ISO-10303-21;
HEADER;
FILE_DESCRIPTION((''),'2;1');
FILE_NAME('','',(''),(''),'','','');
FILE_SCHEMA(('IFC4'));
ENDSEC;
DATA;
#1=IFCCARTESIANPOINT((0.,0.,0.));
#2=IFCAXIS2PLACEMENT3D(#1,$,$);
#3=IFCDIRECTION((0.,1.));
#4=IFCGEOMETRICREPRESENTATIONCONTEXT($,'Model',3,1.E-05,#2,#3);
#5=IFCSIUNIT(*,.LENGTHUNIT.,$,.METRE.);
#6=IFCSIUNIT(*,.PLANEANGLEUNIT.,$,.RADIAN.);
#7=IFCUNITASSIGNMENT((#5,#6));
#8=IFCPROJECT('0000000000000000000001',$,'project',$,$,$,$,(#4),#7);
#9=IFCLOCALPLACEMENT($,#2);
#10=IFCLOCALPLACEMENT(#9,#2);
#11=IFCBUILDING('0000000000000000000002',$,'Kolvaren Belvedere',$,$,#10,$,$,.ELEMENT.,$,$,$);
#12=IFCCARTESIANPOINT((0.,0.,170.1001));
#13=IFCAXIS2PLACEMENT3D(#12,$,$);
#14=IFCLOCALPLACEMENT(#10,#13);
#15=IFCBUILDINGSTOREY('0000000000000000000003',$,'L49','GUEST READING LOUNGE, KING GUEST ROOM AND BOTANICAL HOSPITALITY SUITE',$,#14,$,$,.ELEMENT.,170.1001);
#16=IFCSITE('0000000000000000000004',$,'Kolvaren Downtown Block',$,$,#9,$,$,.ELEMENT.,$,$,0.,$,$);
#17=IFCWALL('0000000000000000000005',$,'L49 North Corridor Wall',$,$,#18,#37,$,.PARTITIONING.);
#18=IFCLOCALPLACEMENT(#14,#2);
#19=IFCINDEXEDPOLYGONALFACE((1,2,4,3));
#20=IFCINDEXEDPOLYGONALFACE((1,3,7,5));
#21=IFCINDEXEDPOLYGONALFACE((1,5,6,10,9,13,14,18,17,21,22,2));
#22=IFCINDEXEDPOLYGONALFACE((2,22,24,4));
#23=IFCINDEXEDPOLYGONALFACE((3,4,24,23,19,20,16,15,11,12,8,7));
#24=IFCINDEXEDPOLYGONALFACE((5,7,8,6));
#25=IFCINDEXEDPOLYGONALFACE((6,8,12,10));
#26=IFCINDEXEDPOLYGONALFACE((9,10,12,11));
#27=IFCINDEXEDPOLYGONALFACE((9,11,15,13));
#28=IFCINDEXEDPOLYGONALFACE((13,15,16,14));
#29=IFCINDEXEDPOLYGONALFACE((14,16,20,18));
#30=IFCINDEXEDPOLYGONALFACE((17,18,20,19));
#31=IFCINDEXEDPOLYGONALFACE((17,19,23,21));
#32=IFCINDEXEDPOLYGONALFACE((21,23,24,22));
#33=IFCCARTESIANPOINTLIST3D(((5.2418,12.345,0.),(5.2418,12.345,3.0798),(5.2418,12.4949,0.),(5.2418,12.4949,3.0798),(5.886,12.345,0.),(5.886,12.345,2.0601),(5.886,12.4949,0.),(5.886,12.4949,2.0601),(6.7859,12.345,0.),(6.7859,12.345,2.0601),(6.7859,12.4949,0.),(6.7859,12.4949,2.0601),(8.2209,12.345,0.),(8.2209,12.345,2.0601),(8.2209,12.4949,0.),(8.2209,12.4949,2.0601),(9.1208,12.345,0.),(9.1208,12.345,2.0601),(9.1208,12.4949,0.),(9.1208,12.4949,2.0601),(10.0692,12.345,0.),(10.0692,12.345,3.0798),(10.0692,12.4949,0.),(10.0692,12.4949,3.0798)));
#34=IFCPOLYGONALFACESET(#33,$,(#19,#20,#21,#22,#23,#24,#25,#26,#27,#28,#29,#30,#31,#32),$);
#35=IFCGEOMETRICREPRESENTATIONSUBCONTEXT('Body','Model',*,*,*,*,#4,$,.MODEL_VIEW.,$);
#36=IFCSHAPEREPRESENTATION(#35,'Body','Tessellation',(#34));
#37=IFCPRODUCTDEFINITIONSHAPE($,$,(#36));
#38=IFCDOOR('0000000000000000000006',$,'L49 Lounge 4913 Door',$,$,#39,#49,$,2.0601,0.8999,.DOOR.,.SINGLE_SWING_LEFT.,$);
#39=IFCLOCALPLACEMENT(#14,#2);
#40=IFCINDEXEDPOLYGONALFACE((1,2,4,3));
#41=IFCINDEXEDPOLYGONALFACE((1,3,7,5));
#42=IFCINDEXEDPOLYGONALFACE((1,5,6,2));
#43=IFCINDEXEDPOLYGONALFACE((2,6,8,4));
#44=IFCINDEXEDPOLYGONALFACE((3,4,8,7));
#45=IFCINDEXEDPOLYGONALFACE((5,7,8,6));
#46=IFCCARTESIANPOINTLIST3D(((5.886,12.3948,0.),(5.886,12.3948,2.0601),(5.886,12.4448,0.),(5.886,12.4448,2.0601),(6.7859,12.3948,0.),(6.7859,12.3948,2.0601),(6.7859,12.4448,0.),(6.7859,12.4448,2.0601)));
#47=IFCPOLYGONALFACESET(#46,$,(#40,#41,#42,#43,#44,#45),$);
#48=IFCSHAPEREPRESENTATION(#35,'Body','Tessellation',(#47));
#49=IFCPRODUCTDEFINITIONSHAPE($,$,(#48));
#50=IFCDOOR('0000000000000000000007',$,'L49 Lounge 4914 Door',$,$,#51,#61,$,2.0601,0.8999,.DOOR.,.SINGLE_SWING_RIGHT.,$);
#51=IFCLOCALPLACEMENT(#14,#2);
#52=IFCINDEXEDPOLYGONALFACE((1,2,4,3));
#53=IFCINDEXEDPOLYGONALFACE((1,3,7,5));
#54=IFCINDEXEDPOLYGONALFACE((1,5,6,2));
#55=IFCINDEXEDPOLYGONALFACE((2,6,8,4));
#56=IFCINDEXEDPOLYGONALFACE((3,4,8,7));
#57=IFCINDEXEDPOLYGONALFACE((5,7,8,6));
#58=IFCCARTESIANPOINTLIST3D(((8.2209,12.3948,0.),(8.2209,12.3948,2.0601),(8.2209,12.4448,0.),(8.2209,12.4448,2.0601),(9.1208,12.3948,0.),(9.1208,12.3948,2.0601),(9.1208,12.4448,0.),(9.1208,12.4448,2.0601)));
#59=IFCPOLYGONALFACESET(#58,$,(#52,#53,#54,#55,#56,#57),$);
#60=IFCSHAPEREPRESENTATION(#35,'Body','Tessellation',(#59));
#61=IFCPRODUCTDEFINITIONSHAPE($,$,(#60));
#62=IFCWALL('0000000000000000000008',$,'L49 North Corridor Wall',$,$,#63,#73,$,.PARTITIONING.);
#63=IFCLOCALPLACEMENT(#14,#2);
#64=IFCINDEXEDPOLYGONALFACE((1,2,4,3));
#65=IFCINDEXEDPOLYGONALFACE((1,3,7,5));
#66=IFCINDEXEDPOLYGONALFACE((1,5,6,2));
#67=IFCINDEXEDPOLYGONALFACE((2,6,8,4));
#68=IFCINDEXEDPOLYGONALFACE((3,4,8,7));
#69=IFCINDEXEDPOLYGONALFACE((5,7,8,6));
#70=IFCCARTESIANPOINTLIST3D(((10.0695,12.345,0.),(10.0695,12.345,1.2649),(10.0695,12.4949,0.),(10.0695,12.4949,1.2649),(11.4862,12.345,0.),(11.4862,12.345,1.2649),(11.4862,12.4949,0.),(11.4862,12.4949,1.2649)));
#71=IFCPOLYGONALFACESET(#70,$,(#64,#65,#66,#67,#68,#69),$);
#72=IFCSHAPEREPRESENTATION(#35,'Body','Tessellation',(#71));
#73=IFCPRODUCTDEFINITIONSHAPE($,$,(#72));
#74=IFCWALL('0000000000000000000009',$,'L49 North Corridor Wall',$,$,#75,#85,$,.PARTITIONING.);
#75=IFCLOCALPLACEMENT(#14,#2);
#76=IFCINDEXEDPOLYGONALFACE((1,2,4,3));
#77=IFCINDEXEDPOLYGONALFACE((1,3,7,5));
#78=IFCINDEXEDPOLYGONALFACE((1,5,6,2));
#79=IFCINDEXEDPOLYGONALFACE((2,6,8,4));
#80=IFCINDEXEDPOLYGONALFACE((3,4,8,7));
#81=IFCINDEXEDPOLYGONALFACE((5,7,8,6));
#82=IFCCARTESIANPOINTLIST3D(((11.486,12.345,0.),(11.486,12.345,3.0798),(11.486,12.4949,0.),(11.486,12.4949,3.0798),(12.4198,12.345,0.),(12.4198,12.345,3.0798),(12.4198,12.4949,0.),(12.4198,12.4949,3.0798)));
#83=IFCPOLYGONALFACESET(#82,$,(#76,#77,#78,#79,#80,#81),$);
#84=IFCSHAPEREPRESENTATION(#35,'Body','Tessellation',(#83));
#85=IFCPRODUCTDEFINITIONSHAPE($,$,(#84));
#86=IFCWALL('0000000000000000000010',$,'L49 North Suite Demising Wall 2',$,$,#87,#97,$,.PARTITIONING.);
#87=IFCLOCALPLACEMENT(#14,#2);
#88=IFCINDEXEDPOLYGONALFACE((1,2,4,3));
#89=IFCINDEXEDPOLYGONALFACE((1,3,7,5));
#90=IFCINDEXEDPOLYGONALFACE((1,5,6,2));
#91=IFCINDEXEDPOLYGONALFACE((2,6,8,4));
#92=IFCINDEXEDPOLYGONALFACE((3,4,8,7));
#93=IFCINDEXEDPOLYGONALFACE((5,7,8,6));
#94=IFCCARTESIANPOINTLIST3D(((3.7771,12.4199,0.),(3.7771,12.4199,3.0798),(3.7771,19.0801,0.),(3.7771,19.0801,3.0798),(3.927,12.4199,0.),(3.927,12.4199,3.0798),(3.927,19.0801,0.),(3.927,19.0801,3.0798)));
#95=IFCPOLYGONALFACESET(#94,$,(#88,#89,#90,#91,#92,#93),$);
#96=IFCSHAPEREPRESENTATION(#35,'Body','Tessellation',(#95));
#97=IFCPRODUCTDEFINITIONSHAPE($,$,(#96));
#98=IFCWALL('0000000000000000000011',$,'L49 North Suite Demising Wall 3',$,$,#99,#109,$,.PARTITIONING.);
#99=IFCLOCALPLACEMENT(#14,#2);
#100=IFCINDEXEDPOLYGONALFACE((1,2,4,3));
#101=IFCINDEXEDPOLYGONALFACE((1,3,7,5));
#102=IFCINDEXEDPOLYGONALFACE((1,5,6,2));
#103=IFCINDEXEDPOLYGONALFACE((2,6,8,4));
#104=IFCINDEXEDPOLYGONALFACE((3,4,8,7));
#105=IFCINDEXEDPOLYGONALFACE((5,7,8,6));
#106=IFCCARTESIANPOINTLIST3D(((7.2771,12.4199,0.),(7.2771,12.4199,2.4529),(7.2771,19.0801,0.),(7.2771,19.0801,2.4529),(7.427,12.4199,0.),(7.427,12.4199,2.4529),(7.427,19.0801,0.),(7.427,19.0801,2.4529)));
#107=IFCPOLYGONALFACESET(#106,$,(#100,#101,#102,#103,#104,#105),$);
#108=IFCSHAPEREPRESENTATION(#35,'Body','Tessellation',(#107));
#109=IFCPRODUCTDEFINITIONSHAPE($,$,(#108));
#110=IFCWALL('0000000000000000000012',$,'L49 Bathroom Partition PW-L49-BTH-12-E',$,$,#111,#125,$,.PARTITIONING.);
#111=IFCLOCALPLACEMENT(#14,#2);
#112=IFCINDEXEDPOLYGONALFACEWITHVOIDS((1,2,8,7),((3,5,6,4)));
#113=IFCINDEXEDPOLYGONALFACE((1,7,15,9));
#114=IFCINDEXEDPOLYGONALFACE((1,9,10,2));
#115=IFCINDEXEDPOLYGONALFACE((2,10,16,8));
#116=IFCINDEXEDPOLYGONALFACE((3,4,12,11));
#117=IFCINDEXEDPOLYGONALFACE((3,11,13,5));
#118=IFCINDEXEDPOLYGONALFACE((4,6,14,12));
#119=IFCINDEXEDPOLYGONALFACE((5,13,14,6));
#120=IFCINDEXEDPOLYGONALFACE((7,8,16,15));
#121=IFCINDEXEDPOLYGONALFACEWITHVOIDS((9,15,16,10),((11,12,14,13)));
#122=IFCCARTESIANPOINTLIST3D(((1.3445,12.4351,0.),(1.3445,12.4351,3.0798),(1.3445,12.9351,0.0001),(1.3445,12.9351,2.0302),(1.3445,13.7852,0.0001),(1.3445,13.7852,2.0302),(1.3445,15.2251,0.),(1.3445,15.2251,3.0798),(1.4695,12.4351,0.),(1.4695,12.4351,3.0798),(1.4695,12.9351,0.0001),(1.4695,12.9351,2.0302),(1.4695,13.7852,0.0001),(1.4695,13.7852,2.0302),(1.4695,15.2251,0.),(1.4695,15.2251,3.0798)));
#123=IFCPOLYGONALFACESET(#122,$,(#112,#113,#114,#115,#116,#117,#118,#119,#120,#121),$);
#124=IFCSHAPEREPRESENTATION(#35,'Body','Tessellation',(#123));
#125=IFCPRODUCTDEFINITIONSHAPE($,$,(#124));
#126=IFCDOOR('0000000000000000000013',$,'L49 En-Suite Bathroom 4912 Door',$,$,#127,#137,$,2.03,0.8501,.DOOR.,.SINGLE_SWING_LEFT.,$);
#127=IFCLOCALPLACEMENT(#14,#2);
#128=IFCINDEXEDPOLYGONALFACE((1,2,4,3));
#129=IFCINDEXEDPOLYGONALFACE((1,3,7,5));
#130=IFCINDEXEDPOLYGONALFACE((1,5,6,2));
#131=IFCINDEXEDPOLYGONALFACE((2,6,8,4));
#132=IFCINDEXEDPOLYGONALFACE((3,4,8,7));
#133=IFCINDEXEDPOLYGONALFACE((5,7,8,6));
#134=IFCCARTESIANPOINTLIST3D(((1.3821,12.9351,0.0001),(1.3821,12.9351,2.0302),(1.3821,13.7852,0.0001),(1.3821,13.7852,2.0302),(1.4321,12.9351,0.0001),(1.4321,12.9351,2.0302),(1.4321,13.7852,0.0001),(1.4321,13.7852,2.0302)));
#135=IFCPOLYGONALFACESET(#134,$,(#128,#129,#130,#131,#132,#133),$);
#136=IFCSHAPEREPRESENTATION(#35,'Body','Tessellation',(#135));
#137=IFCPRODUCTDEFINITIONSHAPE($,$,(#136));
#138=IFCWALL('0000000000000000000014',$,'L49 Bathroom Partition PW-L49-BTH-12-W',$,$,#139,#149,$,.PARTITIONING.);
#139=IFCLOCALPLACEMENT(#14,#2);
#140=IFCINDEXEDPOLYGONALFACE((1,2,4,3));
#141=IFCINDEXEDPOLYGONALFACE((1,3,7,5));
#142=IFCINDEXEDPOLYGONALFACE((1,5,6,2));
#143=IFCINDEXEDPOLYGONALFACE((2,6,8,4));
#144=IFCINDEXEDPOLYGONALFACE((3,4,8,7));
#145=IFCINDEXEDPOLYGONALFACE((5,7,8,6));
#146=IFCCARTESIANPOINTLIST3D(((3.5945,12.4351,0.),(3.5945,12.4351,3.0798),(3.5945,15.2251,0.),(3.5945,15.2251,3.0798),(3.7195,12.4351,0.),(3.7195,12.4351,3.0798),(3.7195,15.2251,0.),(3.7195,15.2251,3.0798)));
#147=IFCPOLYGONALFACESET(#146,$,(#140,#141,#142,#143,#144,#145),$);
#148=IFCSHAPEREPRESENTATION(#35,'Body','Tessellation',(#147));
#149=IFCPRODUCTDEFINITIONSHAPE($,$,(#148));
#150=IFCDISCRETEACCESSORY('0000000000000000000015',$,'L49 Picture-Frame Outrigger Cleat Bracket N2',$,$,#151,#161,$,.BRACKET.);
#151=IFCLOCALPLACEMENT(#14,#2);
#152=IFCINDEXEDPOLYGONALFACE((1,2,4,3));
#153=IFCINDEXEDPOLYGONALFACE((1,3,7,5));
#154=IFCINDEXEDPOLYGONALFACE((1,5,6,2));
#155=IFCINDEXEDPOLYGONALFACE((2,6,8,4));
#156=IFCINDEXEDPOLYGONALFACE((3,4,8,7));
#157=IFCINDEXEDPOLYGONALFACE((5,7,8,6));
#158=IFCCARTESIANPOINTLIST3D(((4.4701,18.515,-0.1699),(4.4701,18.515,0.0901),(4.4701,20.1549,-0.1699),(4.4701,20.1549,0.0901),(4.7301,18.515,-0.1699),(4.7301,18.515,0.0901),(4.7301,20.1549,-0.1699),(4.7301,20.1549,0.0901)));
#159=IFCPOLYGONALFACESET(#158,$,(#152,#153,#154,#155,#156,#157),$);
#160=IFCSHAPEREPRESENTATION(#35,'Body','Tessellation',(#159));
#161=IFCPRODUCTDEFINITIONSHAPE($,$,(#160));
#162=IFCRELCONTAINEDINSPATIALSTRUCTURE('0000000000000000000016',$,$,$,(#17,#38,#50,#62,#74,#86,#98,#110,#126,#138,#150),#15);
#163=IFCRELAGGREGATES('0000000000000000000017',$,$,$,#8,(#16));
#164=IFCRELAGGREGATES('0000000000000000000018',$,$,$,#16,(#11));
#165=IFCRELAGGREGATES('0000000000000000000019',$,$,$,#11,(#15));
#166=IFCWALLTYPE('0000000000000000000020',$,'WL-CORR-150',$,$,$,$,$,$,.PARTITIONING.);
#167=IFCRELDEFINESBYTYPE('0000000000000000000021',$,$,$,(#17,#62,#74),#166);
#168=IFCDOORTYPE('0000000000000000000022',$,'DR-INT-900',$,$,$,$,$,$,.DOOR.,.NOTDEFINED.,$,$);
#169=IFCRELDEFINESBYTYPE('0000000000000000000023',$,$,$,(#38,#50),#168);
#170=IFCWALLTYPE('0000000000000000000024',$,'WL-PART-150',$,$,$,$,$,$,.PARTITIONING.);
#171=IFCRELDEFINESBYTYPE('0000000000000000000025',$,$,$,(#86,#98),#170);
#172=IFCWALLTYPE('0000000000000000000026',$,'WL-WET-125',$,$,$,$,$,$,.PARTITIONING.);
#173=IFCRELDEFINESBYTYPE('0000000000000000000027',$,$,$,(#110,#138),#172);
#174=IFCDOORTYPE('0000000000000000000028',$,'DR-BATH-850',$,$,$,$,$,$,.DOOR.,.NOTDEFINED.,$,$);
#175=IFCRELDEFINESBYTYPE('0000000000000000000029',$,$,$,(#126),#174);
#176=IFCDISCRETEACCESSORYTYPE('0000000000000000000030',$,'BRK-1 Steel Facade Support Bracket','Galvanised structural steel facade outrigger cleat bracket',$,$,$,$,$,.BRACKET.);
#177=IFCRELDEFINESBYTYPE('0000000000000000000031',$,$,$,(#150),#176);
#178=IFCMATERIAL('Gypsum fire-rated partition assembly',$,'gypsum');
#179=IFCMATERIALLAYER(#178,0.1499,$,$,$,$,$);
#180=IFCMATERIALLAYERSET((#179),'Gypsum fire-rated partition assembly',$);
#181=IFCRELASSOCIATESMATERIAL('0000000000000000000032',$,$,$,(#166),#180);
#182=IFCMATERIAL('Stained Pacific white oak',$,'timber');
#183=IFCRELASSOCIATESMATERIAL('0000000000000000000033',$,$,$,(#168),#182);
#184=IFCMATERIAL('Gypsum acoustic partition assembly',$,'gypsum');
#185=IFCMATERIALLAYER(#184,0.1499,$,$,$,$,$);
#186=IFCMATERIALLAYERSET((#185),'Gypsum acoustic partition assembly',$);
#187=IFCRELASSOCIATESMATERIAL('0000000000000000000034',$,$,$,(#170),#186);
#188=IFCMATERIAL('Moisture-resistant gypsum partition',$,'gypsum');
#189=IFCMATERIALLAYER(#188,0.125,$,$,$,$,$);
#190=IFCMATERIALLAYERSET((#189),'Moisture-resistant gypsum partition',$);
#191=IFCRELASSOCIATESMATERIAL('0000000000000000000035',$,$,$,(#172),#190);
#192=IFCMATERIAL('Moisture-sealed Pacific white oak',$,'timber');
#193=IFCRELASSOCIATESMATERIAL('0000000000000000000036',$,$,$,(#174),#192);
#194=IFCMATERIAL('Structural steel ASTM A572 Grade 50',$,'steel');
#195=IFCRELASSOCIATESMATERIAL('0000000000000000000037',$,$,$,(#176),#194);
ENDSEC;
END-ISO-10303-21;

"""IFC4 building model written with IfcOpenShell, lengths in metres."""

from ifc_helpers import new_model, si_unit, direction, frame, frame_2d, origin, origin_2d, place, context, subcontext, project, spatial, rectangle, extrude, material, layer, layer_set, type_object, element, fill, save


model = new_model("IFC4")

# Units and contexts
model_context = context("Model", 3, precision=1e-05, world=origin(), true_north=direction((0.0, 1.0)))
body_context = subcontext(model_context, "Body", "Model", "MODEL_VIEW")
ifc_project = project(units=[si_unit("LENGTHUNIT", "METRE"), si_unit("PLANEANGLEUNIT", "RADIAN")], contexts=[model_context])

# Site, building, storey
site_placement = place(None, origin())
site = spatial("IfcSite", under=ifc_project, at=site_placement, Name="Kolvaren Downtown Block", CompositionType="ELEMENT", RefElevation=0.0)
building_placement = place(site_placement, origin())
building = spatial("IfcBuilding", under=site, at=building_placement, Name="Kolvaren Belvedere", CompositionType="ELEMENT")
storey_placement = place(building_placement, frame((0.0, 0.0, 170.1001)))
storey = spatial("IfcBuildingStorey", under=building, at=storey_placement, Name="L49", Description="GUEST READING LOUNGE, KING GUEST ROOM AND BOTANICAL HOSPITALITY SUITE", CompositionType="ELEMENT", Elevation=170.1001)

# Shared definitions
ifc_material_1 = material(Name="Gypsum fire-rated partition assembly", Category="gypsum")
ifc_layer_1 = layer(ifc_material_1, 0.1499)
ifc_layer_set_1 = layer_set([ifc_layer_1], Name="Gypsum fire-rated partition assembly")
wall_type_1 = type_object("IfcWallType", Name="WL-CORR-150", PredefinedType="PARTITIONING", material=ifc_layer_set_1)

# Wall, openings, doors
wall_1_placement = place(storey_placement, frame((5.2419, 12.4199, 0.0), z_axis=(0.0, 0.0, 1.0), x_axis=(1.0, 0.0, 0.0)))
wall_1 = element("IfcWall", 1, at=wall_1_placement, inside=storey, type_object=wall_type_1, Name="L49 North Corridor Wall", PredefinedType="PARTITIONING", context=body_context, shape_type="SweptSolid", body=[
    extrude(rectangle(XDim=4.8274, YDim=0.1499, at=frame_2d((2.4136, 0.0))), origin(), (0.0, 0.0, 1.0), 3.0798),
])
opening_1_placement = place(wall_1_placement, frame((0.644, 0.0, 0.0)))
opening_1 = element("IfcOpeningElement", 2, at=opening_1_placement, cuts=wall_1, PredefinedType="OPENING", context=body_context, shape_type="SweptSolid", body=[
    extrude(rectangle(XDim=0.8999, YDim=2.0601, at=frame_2d((0.45, 1.03))), frame((0.0, 0.085, 0.0), z_axis=(0.0, -1.0, 0.0), x_axis=(1.0, 0.0, 0.0)), (0.0, 0.0, 1.0), 0.1699),
])
opening_2_placement = place(wall_1_placement, frame((2.979, 0.0, 0.0)))
opening_2 = element("IfcOpeningElement", 3, at=opening_2_placement, cuts=wall_1, PredefinedType="OPENING", context=body_context, shape_type="SweptSolid", body=[
    extrude(rectangle(XDim=0.8999, YDim=2.0601, at=frame_2d((0.45, 1.03))), frame((0.0, 0.085, 0.0), z_axis=(0.0, -1.0, 0.0), x_axis=(1.0, 0.0, 0.0)), (0.0, 0.0, 1.0), 0.1699),
])
ifc_material_2 = material(Name="Stained Pacific white oak", Category="timber")
door_type_1 = type_object("IfcDoorType", Name="DR-INT-900", OperationType="NOTDEFINED", PredefinedType="DOOR", material=ifc_material_2)
door_1_placement = place(opening_1_placement, origin())
door_1 = element("IfcDoor", 4, at=door_1_placement, inside=storey, type_object=door_type_1, Name="L49 Lounge 4913 Door", OperationType="SINGLE_SWING_LEFT", OverallHeight=2.0601, OverallWidth=0.8999, PredefinedType="DOOR", context=body_context, shape_type="SweptSolid", body=[
    extrude(rectangle(XDim=0.8999, YDim=2.0601, at=frame_2d((0.45, 1.03))), frame((0.0, 0.0249, 0.0), z_axis=(0.0, -1.0, 0.0), x_axis=(1.0, 0.0, 0.0)), (0.0, 0.0, 1.0), 0.05),
])
fill(opening_1, door_1)
door_2_placement = place(opening_2_placement, origin())
door_2 = element("IfcDoor", 5, at=door_2_placement, inside=storey, type_object=door_type_1, Name="L49 Lounge 4914 Door", OperationType="SINGLE_SWING_RIGHT", OverallHeight=2.0601, OverallWidth=0.8999, PredefinedType="DOOR", context=body_context, shape_type="SweptSolid", body=[
    extrude(rectangle(XDim=0.8999, YDim=2.0601, at=frame_2d((0.45, 1.03))), frame((0.0, 0.0249, 0.0), z_axis=(0.0, -1.0, 0.0), x_axis=(1.0, 0.0, 0.0)), (0.0, 0.0, 1.0), 0.05),
])
fill(opening_2, door_2)

# Walls
wall_2_placement = place(storey_placement, frame((10.0693, 12.4199, 0.0), z_axis=(0.0, 0.0, 1.0), x_axis=(1.0, 0.0, 0.0)))
element("IfcWall", 6, at=wall_2_placement, inside=storey, type_object=wall_type_1, Name="L49 North Corridor Wall", PredefinedType="PARTITIONING", context=body_context, shape_type="SweptSolid", body=[
    extrude(rectangle(XDim=1.4167, YDim=0.1499, at=frame_2d((0.7085, 0.0))), origin(), (0.0, 0.0, 1.0), 1.2649),
])
wall_3_placement = place(storey_placement, frame((11.4861, 12.4199, 0.0), z_axis=(0.0, 0.0, 1.0), x_axis=(1.0, 0.0, 0.0)))
element("IfcWall", 7, at=wall_3_placement, inside=storey, type_object=wall_type_1, Name="L49 North Corridor Wall", PredefinedType="PARTITIONING", context=body_context, shape_type="SweptSolid", body=[
    extrude(rectangle(XDim=0.9338, YDim=0.1499, at=frame_2d((0.4668, 0.0))), origin(), (0.0, 0.0, 1.0), 3.0798),
])
ifc_material_3 = material(Name="Gypsum acoustic partition assembly", Category="gypsum")
ifc_layer_2 = layer(ifc_material_3, 0.1499)
ifc_layer_set_2 = layer_set([ifc_layer_2], Name="Gypsum acoustic partition assembly")
wall_type_2 = type_object("IfcWallType", Name="WL-PART-150", PredefinedType="PARTITIONING", material=ifc_layer_set_2)
wall_4_placement = place(storey_placement, frame((3.8521, 12.4199, 0.0), z_axis=(0.0, 0.0, 1.0), x_axis=(0.0, 1.0, 0.0)))
element("IfcWall", 8, at=wall_4_placement, inside=storey, type_object=wall_type_2, Name="L49 North Suite Demising Wall 2", PredefinedType="PARTITIONING", context=body_context, shape_type="SweptSolid", body=[
    extrude(rectangle(XDim=6.6602, YDim=0.1499, at=frame_2d((3.3301, 0.0))), origin(), (0.0, 0.0, 1.0), 3.0798),
])
wall_5_placement = place(storey_placement, frame((7.3521, 12.4199, 0.0), z_axis=(0.0, 0.0, 1.0), x_axis=(0.0, 1.0, 0.0)))
element("IfcWall", 9, at=wall_5_placement, inside=storey, type_object=wall_type_2, Name="L49 North Suite Demising Wall 3", PredefinedType="PARTITIONING", context=body_context, shape_type="SweptSolid", body=[
    extrude(rectangle(XDim=6.6602, YDim=0.1499, at=frame_2d((3.3301, 0.0))), origin(), (0.0, 0.0, 1.0), 2.4529),
])

# Wall, opening, door
ifc_material_4 = material(Name="Moisture-resistant gypsum partition", Category="gypsum")
ifc_layer_3 = layer(ifc_material_4, 0.125)
ifc_layer_set_3 = layer_set([ifc_layer_3], Name="Moisture-resistant gypsum partition")
wall_type_3 = type_object("IfcWallType", Name="WL-WET-125", PredefinedType="PARTITIONING", material=ifc_layer_set_3)
wall_6_placement = place(storey_placement, frame((1.407, 12.4351, 0.0), z_axis=(0.0, 0.0, 1.0), x_axis=(0.0, 1.0, 0.0)))
wall_6 = element("IfcWall", 10, at=wall_6_placement, inside=storey, type_object=wall_type_3, Name="L49 Bathroom Partition PW-L49-BTH-12-E", PredefinedType="PARTITIONING", context=body_context, shape_type="SweptSolid", body=[
    extrude(rectangle(XDim=2.79, YDim=0.125, at=frame_2d((1.395, 0.0))), origin(), (0.0, 0.0, 1.0), 3.0798),
])
opening_3_placement = place(wall_6_placement, frame((0.5, 0.0, 0.0)))
opening_3 = element("IfcOpeningElement", 11, at=opening_3_placement, cuts=wall_6, PredefinedType="OPENING", context=body_context, shape_type="SweptSolid", body=[
    extrude(rectangle(XDim=0.8501, YDim=2.03, at=frame_2d((0.425, 1.0151))), frame((0.0, 0.0725, 0.0), z_axis=(0.0, -1.0, 0.0), x_axis=(1.0, 0.0, 0.0)), (0.0, 0.0, 1.0), 0.145),
])
ifc_material_5 = material(Name="Moisture-sealed Pacific white oak", Category="timber")
door_type_2 = type_object("IfcDoorType", Name="DR-BATH-850", OperationType="NOTDEFINED", PredefinedType="DOOR", material=ifc_material_5)
door_3_placement = place(opening_3_placement, origin())
door_3 = element("IfcDoor", 12, at=door_3_placement, inside=storey, type_object=door_type_2, Name="L49 En-Suite Bathroom 4912 Door", OperationType="SINGLE_SWING_LEFT", OverallHeight=2.03, OverallWidth=0.8501, PredefinedType="DOOR", context=body_context, shape_type="SweptSolid", body=[
    extrude(rectangle(XDim=0.8501, YDim=2.03, at=frame_2d((0.425, 1.0151))), frame((0.0, 0.0249, 0.0), z_axis=(0.0, -1.0, 0.0), x_axis=(1.0, 0.0, 0.0)), (0.0, 0.0, 1.0), 0.05),
])
fill(opening_3, door_3)

# Wall
wall_7_placement = place(storey_placement, frame((3.657, 12.4351, 0.0), z_axis=(0.0, 0.0, 1.0), x_axis=(0.0, 1.0, 0.0)))
element("IfcWall", 13, at=wall_7_placement, inside=storey, type_object=wall_type_3, Name="L49 Bathroom Partition PW-L49-BTH-12-W", PredefinedType="PARTITIONING", context=body_context, shape_type="SweptSolid", body=[
    extrude(rectangle(XDim=2.79, YDim=0.125, at=frame_2d((1.395, 0.0))), origin(), (0.0, 0.0, 1.0), 3.0798),
])

# Discrete accessory
ifc_material_6 = material(Name="Structural steel ASTM A572 Grade 50", Category="steel")
discrete_accessory_type = type_object("IfcDiscreteAccessoryType", Name="BRK-1 Steel Facade Support Bracket", Description="Galvanised structural steel facade outrigger cleat bracket", PredefinedType="BRACKET", material=ifc_material_6)
discrete_accessory_placement = place(storey_placement, frame((4.6001, 19.335, -0.1699), z_axis=(0.0, 0.0, 1.0), x_axis=(0.0, 1.0, 0.0)))
element("IfcDiscreteAccessory", 14, at=discrete_accessory_placement, inside=storey, type_object=discrete_accessory_type, Name="L49 Picture-Frame Outrigger Cleat Bracket N2", PredefinedType="BRACKET", context=body_context, shape_type="SweptSolid", body=[
    extrude(rectangle(XDim=1.6399, YDim=0.26, at=origin_2d()), origin(), (0.0, 0.0, 1.0), 0.26),
])

save(model, "model.ifc")
